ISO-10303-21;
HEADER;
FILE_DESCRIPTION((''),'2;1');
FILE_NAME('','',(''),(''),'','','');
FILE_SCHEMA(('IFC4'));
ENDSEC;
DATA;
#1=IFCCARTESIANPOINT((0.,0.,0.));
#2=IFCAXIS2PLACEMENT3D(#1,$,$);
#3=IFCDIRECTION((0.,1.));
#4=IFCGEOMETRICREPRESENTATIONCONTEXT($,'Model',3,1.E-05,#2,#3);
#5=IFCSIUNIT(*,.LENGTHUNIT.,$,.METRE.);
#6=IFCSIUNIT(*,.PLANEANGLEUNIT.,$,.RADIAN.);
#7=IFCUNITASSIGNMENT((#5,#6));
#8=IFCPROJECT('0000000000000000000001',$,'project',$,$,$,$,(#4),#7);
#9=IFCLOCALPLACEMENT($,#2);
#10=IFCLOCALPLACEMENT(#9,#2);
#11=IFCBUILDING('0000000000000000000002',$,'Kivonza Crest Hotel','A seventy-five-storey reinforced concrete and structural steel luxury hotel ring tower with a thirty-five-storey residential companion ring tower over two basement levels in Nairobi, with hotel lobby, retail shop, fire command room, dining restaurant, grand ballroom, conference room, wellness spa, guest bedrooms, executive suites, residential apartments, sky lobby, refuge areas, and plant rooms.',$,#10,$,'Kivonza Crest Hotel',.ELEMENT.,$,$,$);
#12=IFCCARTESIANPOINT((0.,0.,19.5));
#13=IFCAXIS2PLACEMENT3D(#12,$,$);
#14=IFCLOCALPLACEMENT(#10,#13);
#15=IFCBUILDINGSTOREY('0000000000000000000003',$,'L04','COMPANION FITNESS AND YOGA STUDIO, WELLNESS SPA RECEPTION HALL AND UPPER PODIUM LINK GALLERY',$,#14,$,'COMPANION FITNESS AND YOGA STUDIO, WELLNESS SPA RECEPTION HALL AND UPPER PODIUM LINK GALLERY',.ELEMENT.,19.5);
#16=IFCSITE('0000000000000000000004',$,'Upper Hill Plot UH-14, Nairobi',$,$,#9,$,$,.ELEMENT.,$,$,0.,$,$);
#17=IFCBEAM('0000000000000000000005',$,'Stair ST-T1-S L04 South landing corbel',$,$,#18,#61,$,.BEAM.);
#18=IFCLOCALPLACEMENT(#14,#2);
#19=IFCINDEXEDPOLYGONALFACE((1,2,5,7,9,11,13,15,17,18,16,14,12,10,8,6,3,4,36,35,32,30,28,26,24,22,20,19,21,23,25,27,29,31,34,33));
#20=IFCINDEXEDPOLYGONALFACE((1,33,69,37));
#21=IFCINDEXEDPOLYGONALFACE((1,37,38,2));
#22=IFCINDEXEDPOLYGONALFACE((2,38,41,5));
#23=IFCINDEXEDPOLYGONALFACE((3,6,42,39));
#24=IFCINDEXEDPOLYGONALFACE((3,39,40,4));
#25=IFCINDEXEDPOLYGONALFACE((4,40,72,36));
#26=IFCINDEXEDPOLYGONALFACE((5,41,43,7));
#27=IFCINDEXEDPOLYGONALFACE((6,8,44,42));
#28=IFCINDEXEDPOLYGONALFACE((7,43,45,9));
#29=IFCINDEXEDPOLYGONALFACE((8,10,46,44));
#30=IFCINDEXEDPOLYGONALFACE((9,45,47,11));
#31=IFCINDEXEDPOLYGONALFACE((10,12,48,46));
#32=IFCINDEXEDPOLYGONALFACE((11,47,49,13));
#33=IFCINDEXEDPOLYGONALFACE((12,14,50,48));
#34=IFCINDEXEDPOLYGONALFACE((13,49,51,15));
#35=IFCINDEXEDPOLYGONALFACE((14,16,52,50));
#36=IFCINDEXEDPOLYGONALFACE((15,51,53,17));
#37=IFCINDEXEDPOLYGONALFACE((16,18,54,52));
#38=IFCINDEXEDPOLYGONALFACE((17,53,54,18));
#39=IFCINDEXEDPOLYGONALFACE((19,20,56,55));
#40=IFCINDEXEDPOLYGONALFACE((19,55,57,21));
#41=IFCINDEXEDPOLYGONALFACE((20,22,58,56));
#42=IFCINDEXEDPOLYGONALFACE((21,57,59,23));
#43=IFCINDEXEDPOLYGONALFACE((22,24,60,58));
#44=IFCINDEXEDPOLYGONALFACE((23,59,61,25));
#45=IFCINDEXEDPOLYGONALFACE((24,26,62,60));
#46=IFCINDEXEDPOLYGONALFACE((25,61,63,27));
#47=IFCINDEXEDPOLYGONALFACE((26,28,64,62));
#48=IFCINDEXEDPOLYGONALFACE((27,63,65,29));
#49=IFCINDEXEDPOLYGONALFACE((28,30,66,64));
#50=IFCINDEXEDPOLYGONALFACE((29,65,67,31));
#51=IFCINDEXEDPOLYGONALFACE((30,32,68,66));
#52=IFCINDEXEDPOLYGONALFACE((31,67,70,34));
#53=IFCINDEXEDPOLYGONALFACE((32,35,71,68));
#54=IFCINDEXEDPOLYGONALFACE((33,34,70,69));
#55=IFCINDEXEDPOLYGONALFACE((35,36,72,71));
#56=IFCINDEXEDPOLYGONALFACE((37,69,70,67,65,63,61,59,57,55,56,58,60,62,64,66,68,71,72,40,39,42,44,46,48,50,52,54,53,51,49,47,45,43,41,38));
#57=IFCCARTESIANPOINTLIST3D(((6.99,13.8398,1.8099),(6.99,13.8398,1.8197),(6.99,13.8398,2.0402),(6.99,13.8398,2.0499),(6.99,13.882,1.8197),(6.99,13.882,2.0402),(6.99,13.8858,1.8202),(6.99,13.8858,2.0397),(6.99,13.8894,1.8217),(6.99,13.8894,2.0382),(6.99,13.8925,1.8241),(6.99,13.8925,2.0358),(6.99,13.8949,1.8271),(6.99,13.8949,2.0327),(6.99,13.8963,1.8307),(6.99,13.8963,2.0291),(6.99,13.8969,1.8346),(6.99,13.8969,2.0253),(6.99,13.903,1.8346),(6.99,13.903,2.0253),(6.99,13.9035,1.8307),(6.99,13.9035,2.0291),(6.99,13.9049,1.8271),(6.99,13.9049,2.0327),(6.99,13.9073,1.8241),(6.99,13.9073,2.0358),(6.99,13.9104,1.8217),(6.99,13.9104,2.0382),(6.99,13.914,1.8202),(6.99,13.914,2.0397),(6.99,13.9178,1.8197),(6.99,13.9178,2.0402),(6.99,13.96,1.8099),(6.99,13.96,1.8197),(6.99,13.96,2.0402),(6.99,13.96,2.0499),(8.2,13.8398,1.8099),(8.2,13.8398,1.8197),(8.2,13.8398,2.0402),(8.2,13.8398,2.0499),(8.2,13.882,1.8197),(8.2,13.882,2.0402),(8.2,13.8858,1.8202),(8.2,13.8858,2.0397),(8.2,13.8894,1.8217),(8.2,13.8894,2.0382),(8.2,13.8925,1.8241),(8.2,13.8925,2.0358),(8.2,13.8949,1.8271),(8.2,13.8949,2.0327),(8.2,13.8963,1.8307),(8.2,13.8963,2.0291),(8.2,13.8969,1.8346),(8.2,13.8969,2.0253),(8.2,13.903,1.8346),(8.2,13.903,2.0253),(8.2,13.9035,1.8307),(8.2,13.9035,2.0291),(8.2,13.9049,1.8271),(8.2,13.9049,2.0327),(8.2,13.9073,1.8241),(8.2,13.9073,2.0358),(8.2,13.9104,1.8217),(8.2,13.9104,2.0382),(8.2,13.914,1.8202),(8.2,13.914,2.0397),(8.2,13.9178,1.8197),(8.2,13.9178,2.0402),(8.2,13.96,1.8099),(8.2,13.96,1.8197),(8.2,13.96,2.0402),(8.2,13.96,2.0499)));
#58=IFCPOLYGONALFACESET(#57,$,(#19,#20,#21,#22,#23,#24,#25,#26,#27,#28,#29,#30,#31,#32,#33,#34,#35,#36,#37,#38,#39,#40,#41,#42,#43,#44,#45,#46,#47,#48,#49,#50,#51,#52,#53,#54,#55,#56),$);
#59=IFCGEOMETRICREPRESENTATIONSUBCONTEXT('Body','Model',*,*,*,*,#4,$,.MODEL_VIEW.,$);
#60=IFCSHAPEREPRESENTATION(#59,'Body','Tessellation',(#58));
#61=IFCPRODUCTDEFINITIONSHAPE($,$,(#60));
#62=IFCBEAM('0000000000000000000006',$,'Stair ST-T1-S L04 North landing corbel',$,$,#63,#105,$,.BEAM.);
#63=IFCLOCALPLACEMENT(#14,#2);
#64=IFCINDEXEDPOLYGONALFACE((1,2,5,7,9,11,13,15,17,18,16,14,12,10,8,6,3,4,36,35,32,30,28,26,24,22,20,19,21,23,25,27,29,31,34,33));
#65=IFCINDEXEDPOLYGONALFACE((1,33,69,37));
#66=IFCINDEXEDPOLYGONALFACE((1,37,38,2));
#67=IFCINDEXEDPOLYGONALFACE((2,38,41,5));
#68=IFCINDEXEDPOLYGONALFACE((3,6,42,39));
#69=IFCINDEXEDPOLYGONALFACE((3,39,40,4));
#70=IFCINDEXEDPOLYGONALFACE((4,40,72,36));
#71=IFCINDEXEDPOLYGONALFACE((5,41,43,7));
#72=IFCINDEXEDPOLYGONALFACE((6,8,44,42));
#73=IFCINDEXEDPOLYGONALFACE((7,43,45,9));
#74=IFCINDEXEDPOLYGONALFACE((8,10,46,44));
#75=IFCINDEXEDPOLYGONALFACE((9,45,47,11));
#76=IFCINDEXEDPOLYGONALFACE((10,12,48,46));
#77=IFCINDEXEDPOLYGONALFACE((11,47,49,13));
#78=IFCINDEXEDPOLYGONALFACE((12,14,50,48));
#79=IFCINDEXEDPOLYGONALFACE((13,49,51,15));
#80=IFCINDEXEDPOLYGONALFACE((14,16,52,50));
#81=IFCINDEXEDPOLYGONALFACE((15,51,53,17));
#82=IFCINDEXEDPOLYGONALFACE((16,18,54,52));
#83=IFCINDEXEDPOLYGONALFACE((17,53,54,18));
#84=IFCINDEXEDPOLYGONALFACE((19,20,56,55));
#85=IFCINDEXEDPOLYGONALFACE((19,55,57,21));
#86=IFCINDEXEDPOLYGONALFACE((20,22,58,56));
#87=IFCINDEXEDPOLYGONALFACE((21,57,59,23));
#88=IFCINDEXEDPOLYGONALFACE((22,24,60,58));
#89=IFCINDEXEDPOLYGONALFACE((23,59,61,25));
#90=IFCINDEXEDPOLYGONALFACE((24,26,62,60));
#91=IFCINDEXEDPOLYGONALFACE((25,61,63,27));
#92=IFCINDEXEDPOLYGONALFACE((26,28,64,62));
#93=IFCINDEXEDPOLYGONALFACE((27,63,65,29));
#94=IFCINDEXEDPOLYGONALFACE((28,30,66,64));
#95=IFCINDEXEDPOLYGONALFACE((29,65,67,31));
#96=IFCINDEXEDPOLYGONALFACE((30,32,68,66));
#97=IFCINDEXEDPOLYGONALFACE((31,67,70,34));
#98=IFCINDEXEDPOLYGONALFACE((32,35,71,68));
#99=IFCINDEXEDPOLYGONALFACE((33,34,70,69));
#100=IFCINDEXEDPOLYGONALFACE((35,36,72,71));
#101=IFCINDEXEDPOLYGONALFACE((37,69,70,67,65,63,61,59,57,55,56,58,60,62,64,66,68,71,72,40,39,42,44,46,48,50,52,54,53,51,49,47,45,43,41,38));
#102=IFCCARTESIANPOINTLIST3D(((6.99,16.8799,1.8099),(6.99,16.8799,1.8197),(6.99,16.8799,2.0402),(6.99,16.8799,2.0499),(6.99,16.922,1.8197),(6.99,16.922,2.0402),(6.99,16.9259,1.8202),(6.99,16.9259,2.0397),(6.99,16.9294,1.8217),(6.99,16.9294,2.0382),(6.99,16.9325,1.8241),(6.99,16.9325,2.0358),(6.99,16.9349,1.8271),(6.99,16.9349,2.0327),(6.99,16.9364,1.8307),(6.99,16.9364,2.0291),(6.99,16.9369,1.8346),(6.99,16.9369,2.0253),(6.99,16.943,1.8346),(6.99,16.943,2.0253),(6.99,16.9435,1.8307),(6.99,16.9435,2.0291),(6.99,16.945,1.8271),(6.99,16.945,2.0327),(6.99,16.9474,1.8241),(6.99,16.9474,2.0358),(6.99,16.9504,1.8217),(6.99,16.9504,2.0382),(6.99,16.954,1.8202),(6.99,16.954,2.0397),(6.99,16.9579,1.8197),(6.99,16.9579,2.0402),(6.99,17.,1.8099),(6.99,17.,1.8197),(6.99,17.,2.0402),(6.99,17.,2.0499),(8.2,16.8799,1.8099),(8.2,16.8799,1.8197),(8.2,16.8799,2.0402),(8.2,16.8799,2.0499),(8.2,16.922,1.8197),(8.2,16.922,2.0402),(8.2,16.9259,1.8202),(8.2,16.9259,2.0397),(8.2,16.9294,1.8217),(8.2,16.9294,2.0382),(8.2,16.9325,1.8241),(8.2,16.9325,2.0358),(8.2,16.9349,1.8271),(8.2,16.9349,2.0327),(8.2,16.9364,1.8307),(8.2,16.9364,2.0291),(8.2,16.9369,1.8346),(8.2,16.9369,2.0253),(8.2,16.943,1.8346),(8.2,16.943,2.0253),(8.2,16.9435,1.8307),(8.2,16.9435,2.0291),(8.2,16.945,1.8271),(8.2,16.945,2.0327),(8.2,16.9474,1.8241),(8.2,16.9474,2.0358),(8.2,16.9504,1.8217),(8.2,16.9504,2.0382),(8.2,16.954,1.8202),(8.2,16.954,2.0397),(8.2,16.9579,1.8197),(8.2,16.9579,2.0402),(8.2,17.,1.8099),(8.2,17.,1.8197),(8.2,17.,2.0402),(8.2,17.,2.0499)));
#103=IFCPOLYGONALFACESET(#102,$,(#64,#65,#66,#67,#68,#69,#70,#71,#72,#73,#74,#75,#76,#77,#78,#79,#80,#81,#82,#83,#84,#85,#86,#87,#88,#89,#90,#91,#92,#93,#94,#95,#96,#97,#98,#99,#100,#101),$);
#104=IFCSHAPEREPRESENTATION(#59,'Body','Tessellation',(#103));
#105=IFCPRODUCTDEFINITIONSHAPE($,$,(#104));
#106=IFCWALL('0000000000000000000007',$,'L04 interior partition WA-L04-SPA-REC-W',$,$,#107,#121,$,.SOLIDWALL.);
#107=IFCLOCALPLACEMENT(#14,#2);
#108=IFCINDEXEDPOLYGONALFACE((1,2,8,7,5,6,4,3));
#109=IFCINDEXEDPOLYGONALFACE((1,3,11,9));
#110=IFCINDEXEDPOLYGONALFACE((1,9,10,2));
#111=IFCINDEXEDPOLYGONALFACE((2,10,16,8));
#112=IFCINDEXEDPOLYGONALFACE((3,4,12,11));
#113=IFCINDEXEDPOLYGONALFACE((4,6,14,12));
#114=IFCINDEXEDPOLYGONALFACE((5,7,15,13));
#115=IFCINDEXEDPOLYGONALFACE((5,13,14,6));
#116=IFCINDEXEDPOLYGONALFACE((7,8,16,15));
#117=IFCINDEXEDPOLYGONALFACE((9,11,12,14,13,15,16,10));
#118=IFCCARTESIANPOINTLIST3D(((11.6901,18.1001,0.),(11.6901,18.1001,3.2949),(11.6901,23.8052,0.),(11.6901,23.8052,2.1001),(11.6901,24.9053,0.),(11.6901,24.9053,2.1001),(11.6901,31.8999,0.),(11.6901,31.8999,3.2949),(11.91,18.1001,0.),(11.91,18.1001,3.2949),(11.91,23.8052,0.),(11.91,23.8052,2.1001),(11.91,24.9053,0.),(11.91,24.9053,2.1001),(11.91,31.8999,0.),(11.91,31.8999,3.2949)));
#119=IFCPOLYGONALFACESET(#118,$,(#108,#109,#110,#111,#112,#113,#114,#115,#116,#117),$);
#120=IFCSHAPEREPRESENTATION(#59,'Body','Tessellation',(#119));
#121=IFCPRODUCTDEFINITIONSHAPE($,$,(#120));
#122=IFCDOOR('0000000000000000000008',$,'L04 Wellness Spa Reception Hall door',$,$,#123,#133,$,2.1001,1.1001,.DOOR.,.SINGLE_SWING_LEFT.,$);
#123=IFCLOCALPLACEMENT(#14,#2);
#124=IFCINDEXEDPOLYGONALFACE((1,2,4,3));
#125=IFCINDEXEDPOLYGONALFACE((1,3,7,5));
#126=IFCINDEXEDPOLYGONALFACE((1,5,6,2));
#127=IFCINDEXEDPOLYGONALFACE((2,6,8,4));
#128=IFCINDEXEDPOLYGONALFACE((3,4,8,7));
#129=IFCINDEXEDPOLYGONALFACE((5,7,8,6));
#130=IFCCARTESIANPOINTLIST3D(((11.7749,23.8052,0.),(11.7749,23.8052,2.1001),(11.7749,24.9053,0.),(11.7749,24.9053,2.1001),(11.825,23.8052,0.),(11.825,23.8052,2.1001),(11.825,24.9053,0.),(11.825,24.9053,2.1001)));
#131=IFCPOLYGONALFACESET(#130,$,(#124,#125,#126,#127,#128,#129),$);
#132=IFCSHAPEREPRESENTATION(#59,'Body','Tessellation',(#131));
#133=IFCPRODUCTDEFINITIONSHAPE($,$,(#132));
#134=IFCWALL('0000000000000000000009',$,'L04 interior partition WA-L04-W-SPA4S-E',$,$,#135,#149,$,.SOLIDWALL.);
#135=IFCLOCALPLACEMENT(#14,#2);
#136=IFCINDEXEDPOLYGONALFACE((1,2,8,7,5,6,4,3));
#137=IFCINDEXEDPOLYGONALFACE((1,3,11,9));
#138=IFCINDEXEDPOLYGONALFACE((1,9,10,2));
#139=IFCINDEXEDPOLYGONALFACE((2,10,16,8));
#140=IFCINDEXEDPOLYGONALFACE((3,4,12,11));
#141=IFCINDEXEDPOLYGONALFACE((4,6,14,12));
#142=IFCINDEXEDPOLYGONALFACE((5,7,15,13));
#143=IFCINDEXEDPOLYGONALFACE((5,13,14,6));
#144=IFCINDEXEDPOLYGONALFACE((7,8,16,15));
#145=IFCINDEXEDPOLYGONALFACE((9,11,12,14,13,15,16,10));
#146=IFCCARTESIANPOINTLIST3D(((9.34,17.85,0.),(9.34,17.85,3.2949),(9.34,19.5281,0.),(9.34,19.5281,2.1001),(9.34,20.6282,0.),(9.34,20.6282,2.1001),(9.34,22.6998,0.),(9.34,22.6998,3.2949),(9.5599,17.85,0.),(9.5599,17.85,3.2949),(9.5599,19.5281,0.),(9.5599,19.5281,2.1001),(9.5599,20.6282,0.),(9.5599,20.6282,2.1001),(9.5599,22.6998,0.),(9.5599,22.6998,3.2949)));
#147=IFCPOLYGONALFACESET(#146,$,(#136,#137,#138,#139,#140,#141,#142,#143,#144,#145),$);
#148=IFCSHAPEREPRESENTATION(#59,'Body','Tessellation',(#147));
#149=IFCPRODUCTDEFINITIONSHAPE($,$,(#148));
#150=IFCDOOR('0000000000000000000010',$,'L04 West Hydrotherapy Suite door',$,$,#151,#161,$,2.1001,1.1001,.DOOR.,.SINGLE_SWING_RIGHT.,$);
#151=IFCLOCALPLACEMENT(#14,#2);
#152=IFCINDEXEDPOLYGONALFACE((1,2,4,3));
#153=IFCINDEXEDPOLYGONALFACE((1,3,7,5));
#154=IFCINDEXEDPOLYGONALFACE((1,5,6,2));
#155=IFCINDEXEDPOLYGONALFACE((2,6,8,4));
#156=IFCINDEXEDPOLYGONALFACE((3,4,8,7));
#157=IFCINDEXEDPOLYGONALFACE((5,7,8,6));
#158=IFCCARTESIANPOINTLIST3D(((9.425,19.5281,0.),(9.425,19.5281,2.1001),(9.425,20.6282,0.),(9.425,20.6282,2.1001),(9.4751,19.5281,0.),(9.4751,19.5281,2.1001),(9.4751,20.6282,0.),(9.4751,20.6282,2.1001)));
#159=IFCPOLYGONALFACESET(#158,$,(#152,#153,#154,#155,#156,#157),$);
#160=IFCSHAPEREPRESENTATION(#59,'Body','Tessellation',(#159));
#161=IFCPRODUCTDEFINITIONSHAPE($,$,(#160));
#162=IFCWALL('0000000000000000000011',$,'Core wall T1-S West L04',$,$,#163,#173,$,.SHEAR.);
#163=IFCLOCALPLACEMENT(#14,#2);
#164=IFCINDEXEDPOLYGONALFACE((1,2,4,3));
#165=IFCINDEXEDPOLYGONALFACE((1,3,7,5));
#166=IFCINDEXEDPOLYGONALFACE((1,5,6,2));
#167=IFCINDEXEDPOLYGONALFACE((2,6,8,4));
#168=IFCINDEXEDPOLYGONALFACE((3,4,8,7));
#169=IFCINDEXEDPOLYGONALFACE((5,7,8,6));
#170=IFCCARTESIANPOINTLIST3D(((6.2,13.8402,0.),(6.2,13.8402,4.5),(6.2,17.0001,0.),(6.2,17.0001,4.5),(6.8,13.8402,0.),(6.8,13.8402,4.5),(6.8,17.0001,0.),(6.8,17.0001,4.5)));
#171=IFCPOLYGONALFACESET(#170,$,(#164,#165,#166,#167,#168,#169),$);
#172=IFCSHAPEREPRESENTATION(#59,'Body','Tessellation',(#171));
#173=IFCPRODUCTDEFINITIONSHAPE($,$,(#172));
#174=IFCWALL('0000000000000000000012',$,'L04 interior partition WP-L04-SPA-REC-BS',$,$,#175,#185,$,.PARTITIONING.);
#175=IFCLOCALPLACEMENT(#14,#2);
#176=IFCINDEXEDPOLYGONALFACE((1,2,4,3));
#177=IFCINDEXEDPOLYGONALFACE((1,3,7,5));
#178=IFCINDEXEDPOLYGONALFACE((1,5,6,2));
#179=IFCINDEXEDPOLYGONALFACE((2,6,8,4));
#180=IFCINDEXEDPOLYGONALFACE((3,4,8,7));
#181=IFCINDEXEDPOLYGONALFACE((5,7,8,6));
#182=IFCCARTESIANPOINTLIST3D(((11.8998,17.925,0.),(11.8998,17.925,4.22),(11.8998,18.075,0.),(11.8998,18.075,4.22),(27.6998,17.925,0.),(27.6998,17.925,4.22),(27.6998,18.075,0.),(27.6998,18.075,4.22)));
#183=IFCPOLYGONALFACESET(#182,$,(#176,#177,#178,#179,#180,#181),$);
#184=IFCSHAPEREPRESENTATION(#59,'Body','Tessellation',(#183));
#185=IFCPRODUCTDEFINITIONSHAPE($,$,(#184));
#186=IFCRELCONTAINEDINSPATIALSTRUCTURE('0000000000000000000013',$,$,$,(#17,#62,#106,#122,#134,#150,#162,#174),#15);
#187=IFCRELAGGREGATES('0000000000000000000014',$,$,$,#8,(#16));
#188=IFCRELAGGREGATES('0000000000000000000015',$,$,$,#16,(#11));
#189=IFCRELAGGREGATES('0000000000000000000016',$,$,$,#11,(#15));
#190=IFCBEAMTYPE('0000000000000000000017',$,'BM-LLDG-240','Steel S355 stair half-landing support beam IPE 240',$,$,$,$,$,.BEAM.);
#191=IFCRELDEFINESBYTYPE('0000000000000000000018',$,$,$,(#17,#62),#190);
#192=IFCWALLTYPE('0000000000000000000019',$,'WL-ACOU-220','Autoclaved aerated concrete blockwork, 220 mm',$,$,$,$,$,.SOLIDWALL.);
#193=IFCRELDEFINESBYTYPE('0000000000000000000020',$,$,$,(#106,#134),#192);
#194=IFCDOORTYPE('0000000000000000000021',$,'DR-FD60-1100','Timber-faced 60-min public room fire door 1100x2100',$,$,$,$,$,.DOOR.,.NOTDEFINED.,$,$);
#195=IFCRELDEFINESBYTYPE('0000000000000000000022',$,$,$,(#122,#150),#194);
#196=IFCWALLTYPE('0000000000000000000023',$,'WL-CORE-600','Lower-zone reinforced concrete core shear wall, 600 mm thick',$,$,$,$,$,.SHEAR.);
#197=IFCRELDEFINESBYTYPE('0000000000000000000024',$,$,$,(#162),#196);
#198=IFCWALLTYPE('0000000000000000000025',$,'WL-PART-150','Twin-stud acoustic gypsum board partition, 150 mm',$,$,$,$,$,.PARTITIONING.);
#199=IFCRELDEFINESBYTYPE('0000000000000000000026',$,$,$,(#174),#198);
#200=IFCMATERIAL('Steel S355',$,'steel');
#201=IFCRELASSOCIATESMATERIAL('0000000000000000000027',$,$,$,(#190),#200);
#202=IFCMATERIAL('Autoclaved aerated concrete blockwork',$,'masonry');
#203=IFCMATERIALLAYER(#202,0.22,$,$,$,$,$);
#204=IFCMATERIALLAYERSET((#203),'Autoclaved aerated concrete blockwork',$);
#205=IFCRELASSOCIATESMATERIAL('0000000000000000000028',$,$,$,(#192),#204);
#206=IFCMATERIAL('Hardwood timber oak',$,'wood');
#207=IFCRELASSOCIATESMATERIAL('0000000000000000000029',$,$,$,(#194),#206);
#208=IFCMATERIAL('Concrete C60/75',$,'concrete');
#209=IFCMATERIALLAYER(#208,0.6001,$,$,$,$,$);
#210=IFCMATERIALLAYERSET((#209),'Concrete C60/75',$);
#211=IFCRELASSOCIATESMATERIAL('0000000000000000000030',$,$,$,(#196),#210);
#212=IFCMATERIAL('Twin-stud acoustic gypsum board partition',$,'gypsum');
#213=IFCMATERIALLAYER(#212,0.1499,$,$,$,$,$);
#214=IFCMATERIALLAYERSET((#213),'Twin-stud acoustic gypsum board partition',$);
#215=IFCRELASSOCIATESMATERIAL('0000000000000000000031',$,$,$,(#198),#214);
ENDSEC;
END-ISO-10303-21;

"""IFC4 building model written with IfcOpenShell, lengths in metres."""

from ifc_helpers import new_model, si_unit, direction, frame, frame_2d, origin, origin_2d, place, context, subcontext, project, spatial, rectangle, i_section, extrude, material, layer, layer_set, material_profile, profile_set, type_object, element, fill, save


model = new_model("IFC4")

# Units and contexts
model_context = context("Model", 3, precision=1e-05, world=origin(), true_north=direction((0.0, 1.0)))
body_context = subcontext(model_context, "Body", "Model", "MODEL_VIEW")
ifc_project = project(units=[si_unit("LENGTHUNIT", "METRE"), si_unit("PLANEANGLEUNIT", "RADIAN")], contexts=[model_context])

# Site, building, storey
site_placement = place(None, origin())
site = spatial("IfcSite", under=ifc_project, at=site_placement, Name="Upper Hill Plot UH-14, Nairobi", CompositionType="ELEMENT", RefElevation=0.0)
building_placement = place(site_placement, origin())
building = spatial("IfcBuilding", under=site, at=building_placement, Name="Kivonza Crest Hotel", Description="A seventy-five-storey reinforced concrete and structural steel luxury hotel ring tower with a thirty-five-storey residential companion ring tower over two basement levels in Nairobi, with hotel lobby, retail shop, fire command room, dining restaurant, grand ballroom, conference room, wellness spa, guest bedrooms, executive suites, residential apartments, sky lobby, refuge areas, and plant rooms.", LongName="Kivonza Crest Hotel", CompositionType="ELEMENT")
storey_placement = place(building_placement, frame((0.0, 0.0, 19.5)))
storey = spatial("IfcBuildingStorey", under=building, at=storey_placement, Name="L04", Description="COMPANION FITNESS AND YOGA STUDIO, WELLNESS SPA RECEPTION HALL AND UPPER PODIUM LINK GALLERY", LongName="COMPANION FITNESS AND YOGA STUDIO, WELLNESS SPA RECEPTION HALL AND UPPER PODIUM LINK GALLERY", CompositionType="ELEMENT", Elevation=19.5)

# Shared definitions
ifc_material_1 = material(Name="Concrete C60/75", Category="concrete")

# Beams
ifc_material_2 = material(Name="Steel S355", Category="steel")
ifc_material_profile_1 = material_profile(ifc_material_2, i_section(OverallWidth=0.1201, OverallDepth=0.24, WebThickness=0.0061, FlangeThickness=0.0098, FilletRadius=0.0149, at=origin_2d()), Name="IPE 240")
ifc_profile_set_1 = profile_set([ifc_material_profile_1], Name="Steel S355")
beam_type_1 = type_object("IfcBeamType", Name="BM-LLDG-240", Description="Steel S355 stair half-landing support beam IPE 240", PredefinedType="BEAM", material=ifc_profile_set_1)
for number, where, z_axis, x_axis, name in (
    (1, (6.99, 13.8999, 1.9299), (1.0, 0.0, 0.0), (0.0, 1.0, 0.0), "Stair ST-T1-S L04 South landing corbel"),
    (2, (6.99, 16.9399, 1.9299), (1.0, 0.0, 0.0), (0.0, 1.0, 0.0), "Stair ST-T1-S L04 North landing corbel"),
):
    element("IfcBeam", number, at=place(storey_placement, frame(where, z_axis=z_axis, x_axis=x_axis)), inside=storey, type_object=beam_type_1, Name=name, PredefinedType="BEAM", context=body_context, shape_type="SweptSolid", body=[
        extrude(i_section(OverallWidth=0.1201, OverallDepth=0.24, WebThickness=0.0061, FlangeThickness=0.0098, FilletRadius=0.0149, at=origin_2d()), origin(), (0.0, 0.0, 1.0), 1.21),
    ])

# Walls, openings, doors
ifc_material_3 = material(Name="Autoclaved aerated concrete blockwork", Category="masonry")
ifc_layer_1 = layer(ifc_material_3, 0.22)
ifc_layer_set_1 = layer_set([ifc_layer_1], Name="Autoclaved aerated concrete blockwork")
wall_type_1 = type_object("IfcWallType", Name="WL-ACOU-220", Description="Autoclaved aerated concrete blockwork, 220 mm", PredefinedType="SOLIDWALL", material=ifc_layer_set_1)
wall_1_placement = place(storey_placement, frame((11.8, 18.1001, 0.0), z_axis=(0.0, 0.0, 1.0), x_axis=(0.0, 1.0, 0.0)))
wall_1 = element("IfcWall", 3, at=wall_1_placement, inside=storey, type_object=wall_type_1, Name="L04 interior partition WA-L04-SPA-REC-W", PredefinedType="SOLIDWALL", context=body_context, shape_type="SweptSolid", body=[
    extrude(rectangle(XDim=13.7998, YDim=0.22, at=frame_2d((6.8999, 0.0))), origin(), (0.0, 0.0, 1.0), 3.2949),
])
opening_1_placement = place(wall_1_placement, frame((5.7051, 0.0, 0.0)))
opening_1 = element("IfcOpeningElement", 4, at=opening_1_placement, cuts=wall_1, PredefinedType="OPENING", context=body_context, shape_type="SweptSolid", body=[
    extrude(rectangle(XDim=1.1001, YDim=2.1001, at=frame_2d((0.55, 1.05))), frame((0.0, 0.1201, 0.0), z_axis=(0.0, -1.0, 0.0), x_axis=(1.0, 0.0, 0.0)), (0.0, 0.0, 1.0), 0.24),
])
ifc_material_4 = material(Name="Hardwood timber oak", Category="wood")
door_type_1 = type_object("IfcDoorType", Name="DR-FD60-1100", Description="Timber-faced 60-min public room fire door 1100x2100", OperationType="NOTDEFINED", PredefinedType="DOOR", material=ifc_material_4)
door_1_placement = place(opening_1_placement, frame((1.1001, 0.0, 0.0), z_axis=(0.0, 0.0, 1.0), x_axis=(-1.0, 0.0, 0.0)))
door_1 = element("IfcDoor", 5, at=door_1_placement, inside=storey, type_object=door_type_1, Name="L04 Wellness Spa Reception Hall door", OperationType="SINGLE_SWING_LEFT", OverallHeight=2.1001, OverallWidth=1.1001, PredefinedType="DOOR", context=body_context, shape_type="SweptSolid", body=[
    extrude(rectangle(XDim=1.1001, YDim=2.1001, at=frame_2d((0.55, 1.05))), frame((0.0, 0.0249, 0.0), z_axis=(0.0, -1.0, 0.0), x_axis=(1.0, 0.0, 0.0)), (0.0, 0.0, 1.0), 0.05),
])
fill(opening_1, door_1)
wall_2_placement = place(storey_placement, frame((9.45, 17.8501, 0.0), z_axis=(0.0, 0.0, 1.0), x_axis=(0.0, 1.0, 0.0)))
wall_2 = element("IfcWall", 6, at=wall_2_placement, inside=storey, type_object=wall_type_1, Name="L04 interior partition WA-L04-W-SPA4S-E", PredefinedType="SOLIDWALL", context=body_context, shape_type="SweptSolid", body=[
    extrude(rectangle(XDim=4.8499, YDim=0.22, at=frame_2d((2.4248, 0.0))), origin(), (0.0, 0.0, 1.0), 3.2949),
])
opening_2_placement = place(wall_2_placement, frame((1.678, 0.0, 0.0)))
opening_2 = element("IfcOpeningElement", 7, at=opening_2_placement, cuts=wall_2, PredefinedType="OPENING", context=body_context, shape_type="SweptSolid", body=[
    extrude(rectangle(XDim=1.1001, YDim=2.1001, at=frame_2d((0.55, 1.05))), frame((0.0, 0.1201, 0.0), z_axis=(0.0, -1.0, 0.0), x_axis=(1.0, 0.0, 0.0)), (0.0, 0.0, 1.0), 0.24),
])
door_2_placement = place(opening_2_placement, origin())
door_2 = element("IfcDoor", 8, at=door_2_placement, inside=storey, type_object=door_type_1, Name="L04 West Hydrotherapy Suite door", OperationType="SINGLE_SWING_RIGHT", OverallHeight=2.1001, OverallWidth=1.1001, PredefinedType="DOOR", context=body_context, shape_type="SweptSolid", body=[
    extrude(rectangle(XDim=1.1001, YDim=2.1001, at=frame_2d((0.55, 1.05))), frame((0.0, 0.0249, 0.0), z_axis=(0.0, -1.0, 0.0), x_axis=(1.0, 0.0, 0.0)), (0.0, 0.0, 1.0), 0.05),
])
fill(opening_2, door_2)

# Walls
ifc_layer_2 = layer(ifc_material_1, 0.6001)
ifc_layer_set_2 = layer_set([ifc_layer_2], Name="Concrete C60/75")
wall_type_2 = type_object("IfcWallType", Name="WL-CORE-600", Description="Lower-zone reinforced concrete core shear wall, 600 mm thick", PredefinedType="SHEAR", material=ifc_layer_set_2)
wall_3_placement = place(storey_placement, frame((6.5, 13.8401, 0.0), z_axis=(0.0, 0.0, 1.0), x_axis=(0.0, 1.0, 0.0)))
element("IfcWall", 9, at=wall_3_placement, inside=storey, type_object=wall_type_2, Name="Core wall T1-S West L04", PredefinedType="SHEAR", context=body_context, shape_type="SweptSolid", body=[
    extrude(rectangle(XDim=3.1599, YDim=0.6001, at=frame_2d((1.5801, 0.0))), origin(), (0.0, 0.0, 1.0), 4.5),
])
ifc_material_5 = material(Name="Twin-stud acoustic gypsum board partition", Category="gypsum")
ifc_layer_3 = layer(ifc_material_5, 0.1499)
ifc_layer_set_3 = layer_set([ifc_layer_3], Name="Twin-stud acoustic gypsum board partition")
wall_type_3 = type_object("IfcWallType", Name="WL-PART-150", Description="Twin-stud acoustic gypsum board partition, 150 mm", PredefinedType="PARTITIONING", material=ifc_layer_set_3)
wall_4_placement = place(storey_placement, frame((11.8999, 18.0, 0.0), z_axis=(0.0, 0.0, 1.0), x_axis=(1.0, 0.0, 0.0)))
element("IfcWall", 10, at=wall_4_placement, inside=storey, type_object=wall_type_3, Name="L04 interior partition WP-L04-SPA-REC-BS", PredefinedType="PARTITIONING", context=body_context, shape_type="SweptSolid", body=[
    extrude(rectangle(XDim=15.8, YDim=0.1499, at=frame_2d((7.8999, 0.0))), origin(), (0.0, 0.0, 1.0), 4.22),
])

save(model, "model.ifc")
